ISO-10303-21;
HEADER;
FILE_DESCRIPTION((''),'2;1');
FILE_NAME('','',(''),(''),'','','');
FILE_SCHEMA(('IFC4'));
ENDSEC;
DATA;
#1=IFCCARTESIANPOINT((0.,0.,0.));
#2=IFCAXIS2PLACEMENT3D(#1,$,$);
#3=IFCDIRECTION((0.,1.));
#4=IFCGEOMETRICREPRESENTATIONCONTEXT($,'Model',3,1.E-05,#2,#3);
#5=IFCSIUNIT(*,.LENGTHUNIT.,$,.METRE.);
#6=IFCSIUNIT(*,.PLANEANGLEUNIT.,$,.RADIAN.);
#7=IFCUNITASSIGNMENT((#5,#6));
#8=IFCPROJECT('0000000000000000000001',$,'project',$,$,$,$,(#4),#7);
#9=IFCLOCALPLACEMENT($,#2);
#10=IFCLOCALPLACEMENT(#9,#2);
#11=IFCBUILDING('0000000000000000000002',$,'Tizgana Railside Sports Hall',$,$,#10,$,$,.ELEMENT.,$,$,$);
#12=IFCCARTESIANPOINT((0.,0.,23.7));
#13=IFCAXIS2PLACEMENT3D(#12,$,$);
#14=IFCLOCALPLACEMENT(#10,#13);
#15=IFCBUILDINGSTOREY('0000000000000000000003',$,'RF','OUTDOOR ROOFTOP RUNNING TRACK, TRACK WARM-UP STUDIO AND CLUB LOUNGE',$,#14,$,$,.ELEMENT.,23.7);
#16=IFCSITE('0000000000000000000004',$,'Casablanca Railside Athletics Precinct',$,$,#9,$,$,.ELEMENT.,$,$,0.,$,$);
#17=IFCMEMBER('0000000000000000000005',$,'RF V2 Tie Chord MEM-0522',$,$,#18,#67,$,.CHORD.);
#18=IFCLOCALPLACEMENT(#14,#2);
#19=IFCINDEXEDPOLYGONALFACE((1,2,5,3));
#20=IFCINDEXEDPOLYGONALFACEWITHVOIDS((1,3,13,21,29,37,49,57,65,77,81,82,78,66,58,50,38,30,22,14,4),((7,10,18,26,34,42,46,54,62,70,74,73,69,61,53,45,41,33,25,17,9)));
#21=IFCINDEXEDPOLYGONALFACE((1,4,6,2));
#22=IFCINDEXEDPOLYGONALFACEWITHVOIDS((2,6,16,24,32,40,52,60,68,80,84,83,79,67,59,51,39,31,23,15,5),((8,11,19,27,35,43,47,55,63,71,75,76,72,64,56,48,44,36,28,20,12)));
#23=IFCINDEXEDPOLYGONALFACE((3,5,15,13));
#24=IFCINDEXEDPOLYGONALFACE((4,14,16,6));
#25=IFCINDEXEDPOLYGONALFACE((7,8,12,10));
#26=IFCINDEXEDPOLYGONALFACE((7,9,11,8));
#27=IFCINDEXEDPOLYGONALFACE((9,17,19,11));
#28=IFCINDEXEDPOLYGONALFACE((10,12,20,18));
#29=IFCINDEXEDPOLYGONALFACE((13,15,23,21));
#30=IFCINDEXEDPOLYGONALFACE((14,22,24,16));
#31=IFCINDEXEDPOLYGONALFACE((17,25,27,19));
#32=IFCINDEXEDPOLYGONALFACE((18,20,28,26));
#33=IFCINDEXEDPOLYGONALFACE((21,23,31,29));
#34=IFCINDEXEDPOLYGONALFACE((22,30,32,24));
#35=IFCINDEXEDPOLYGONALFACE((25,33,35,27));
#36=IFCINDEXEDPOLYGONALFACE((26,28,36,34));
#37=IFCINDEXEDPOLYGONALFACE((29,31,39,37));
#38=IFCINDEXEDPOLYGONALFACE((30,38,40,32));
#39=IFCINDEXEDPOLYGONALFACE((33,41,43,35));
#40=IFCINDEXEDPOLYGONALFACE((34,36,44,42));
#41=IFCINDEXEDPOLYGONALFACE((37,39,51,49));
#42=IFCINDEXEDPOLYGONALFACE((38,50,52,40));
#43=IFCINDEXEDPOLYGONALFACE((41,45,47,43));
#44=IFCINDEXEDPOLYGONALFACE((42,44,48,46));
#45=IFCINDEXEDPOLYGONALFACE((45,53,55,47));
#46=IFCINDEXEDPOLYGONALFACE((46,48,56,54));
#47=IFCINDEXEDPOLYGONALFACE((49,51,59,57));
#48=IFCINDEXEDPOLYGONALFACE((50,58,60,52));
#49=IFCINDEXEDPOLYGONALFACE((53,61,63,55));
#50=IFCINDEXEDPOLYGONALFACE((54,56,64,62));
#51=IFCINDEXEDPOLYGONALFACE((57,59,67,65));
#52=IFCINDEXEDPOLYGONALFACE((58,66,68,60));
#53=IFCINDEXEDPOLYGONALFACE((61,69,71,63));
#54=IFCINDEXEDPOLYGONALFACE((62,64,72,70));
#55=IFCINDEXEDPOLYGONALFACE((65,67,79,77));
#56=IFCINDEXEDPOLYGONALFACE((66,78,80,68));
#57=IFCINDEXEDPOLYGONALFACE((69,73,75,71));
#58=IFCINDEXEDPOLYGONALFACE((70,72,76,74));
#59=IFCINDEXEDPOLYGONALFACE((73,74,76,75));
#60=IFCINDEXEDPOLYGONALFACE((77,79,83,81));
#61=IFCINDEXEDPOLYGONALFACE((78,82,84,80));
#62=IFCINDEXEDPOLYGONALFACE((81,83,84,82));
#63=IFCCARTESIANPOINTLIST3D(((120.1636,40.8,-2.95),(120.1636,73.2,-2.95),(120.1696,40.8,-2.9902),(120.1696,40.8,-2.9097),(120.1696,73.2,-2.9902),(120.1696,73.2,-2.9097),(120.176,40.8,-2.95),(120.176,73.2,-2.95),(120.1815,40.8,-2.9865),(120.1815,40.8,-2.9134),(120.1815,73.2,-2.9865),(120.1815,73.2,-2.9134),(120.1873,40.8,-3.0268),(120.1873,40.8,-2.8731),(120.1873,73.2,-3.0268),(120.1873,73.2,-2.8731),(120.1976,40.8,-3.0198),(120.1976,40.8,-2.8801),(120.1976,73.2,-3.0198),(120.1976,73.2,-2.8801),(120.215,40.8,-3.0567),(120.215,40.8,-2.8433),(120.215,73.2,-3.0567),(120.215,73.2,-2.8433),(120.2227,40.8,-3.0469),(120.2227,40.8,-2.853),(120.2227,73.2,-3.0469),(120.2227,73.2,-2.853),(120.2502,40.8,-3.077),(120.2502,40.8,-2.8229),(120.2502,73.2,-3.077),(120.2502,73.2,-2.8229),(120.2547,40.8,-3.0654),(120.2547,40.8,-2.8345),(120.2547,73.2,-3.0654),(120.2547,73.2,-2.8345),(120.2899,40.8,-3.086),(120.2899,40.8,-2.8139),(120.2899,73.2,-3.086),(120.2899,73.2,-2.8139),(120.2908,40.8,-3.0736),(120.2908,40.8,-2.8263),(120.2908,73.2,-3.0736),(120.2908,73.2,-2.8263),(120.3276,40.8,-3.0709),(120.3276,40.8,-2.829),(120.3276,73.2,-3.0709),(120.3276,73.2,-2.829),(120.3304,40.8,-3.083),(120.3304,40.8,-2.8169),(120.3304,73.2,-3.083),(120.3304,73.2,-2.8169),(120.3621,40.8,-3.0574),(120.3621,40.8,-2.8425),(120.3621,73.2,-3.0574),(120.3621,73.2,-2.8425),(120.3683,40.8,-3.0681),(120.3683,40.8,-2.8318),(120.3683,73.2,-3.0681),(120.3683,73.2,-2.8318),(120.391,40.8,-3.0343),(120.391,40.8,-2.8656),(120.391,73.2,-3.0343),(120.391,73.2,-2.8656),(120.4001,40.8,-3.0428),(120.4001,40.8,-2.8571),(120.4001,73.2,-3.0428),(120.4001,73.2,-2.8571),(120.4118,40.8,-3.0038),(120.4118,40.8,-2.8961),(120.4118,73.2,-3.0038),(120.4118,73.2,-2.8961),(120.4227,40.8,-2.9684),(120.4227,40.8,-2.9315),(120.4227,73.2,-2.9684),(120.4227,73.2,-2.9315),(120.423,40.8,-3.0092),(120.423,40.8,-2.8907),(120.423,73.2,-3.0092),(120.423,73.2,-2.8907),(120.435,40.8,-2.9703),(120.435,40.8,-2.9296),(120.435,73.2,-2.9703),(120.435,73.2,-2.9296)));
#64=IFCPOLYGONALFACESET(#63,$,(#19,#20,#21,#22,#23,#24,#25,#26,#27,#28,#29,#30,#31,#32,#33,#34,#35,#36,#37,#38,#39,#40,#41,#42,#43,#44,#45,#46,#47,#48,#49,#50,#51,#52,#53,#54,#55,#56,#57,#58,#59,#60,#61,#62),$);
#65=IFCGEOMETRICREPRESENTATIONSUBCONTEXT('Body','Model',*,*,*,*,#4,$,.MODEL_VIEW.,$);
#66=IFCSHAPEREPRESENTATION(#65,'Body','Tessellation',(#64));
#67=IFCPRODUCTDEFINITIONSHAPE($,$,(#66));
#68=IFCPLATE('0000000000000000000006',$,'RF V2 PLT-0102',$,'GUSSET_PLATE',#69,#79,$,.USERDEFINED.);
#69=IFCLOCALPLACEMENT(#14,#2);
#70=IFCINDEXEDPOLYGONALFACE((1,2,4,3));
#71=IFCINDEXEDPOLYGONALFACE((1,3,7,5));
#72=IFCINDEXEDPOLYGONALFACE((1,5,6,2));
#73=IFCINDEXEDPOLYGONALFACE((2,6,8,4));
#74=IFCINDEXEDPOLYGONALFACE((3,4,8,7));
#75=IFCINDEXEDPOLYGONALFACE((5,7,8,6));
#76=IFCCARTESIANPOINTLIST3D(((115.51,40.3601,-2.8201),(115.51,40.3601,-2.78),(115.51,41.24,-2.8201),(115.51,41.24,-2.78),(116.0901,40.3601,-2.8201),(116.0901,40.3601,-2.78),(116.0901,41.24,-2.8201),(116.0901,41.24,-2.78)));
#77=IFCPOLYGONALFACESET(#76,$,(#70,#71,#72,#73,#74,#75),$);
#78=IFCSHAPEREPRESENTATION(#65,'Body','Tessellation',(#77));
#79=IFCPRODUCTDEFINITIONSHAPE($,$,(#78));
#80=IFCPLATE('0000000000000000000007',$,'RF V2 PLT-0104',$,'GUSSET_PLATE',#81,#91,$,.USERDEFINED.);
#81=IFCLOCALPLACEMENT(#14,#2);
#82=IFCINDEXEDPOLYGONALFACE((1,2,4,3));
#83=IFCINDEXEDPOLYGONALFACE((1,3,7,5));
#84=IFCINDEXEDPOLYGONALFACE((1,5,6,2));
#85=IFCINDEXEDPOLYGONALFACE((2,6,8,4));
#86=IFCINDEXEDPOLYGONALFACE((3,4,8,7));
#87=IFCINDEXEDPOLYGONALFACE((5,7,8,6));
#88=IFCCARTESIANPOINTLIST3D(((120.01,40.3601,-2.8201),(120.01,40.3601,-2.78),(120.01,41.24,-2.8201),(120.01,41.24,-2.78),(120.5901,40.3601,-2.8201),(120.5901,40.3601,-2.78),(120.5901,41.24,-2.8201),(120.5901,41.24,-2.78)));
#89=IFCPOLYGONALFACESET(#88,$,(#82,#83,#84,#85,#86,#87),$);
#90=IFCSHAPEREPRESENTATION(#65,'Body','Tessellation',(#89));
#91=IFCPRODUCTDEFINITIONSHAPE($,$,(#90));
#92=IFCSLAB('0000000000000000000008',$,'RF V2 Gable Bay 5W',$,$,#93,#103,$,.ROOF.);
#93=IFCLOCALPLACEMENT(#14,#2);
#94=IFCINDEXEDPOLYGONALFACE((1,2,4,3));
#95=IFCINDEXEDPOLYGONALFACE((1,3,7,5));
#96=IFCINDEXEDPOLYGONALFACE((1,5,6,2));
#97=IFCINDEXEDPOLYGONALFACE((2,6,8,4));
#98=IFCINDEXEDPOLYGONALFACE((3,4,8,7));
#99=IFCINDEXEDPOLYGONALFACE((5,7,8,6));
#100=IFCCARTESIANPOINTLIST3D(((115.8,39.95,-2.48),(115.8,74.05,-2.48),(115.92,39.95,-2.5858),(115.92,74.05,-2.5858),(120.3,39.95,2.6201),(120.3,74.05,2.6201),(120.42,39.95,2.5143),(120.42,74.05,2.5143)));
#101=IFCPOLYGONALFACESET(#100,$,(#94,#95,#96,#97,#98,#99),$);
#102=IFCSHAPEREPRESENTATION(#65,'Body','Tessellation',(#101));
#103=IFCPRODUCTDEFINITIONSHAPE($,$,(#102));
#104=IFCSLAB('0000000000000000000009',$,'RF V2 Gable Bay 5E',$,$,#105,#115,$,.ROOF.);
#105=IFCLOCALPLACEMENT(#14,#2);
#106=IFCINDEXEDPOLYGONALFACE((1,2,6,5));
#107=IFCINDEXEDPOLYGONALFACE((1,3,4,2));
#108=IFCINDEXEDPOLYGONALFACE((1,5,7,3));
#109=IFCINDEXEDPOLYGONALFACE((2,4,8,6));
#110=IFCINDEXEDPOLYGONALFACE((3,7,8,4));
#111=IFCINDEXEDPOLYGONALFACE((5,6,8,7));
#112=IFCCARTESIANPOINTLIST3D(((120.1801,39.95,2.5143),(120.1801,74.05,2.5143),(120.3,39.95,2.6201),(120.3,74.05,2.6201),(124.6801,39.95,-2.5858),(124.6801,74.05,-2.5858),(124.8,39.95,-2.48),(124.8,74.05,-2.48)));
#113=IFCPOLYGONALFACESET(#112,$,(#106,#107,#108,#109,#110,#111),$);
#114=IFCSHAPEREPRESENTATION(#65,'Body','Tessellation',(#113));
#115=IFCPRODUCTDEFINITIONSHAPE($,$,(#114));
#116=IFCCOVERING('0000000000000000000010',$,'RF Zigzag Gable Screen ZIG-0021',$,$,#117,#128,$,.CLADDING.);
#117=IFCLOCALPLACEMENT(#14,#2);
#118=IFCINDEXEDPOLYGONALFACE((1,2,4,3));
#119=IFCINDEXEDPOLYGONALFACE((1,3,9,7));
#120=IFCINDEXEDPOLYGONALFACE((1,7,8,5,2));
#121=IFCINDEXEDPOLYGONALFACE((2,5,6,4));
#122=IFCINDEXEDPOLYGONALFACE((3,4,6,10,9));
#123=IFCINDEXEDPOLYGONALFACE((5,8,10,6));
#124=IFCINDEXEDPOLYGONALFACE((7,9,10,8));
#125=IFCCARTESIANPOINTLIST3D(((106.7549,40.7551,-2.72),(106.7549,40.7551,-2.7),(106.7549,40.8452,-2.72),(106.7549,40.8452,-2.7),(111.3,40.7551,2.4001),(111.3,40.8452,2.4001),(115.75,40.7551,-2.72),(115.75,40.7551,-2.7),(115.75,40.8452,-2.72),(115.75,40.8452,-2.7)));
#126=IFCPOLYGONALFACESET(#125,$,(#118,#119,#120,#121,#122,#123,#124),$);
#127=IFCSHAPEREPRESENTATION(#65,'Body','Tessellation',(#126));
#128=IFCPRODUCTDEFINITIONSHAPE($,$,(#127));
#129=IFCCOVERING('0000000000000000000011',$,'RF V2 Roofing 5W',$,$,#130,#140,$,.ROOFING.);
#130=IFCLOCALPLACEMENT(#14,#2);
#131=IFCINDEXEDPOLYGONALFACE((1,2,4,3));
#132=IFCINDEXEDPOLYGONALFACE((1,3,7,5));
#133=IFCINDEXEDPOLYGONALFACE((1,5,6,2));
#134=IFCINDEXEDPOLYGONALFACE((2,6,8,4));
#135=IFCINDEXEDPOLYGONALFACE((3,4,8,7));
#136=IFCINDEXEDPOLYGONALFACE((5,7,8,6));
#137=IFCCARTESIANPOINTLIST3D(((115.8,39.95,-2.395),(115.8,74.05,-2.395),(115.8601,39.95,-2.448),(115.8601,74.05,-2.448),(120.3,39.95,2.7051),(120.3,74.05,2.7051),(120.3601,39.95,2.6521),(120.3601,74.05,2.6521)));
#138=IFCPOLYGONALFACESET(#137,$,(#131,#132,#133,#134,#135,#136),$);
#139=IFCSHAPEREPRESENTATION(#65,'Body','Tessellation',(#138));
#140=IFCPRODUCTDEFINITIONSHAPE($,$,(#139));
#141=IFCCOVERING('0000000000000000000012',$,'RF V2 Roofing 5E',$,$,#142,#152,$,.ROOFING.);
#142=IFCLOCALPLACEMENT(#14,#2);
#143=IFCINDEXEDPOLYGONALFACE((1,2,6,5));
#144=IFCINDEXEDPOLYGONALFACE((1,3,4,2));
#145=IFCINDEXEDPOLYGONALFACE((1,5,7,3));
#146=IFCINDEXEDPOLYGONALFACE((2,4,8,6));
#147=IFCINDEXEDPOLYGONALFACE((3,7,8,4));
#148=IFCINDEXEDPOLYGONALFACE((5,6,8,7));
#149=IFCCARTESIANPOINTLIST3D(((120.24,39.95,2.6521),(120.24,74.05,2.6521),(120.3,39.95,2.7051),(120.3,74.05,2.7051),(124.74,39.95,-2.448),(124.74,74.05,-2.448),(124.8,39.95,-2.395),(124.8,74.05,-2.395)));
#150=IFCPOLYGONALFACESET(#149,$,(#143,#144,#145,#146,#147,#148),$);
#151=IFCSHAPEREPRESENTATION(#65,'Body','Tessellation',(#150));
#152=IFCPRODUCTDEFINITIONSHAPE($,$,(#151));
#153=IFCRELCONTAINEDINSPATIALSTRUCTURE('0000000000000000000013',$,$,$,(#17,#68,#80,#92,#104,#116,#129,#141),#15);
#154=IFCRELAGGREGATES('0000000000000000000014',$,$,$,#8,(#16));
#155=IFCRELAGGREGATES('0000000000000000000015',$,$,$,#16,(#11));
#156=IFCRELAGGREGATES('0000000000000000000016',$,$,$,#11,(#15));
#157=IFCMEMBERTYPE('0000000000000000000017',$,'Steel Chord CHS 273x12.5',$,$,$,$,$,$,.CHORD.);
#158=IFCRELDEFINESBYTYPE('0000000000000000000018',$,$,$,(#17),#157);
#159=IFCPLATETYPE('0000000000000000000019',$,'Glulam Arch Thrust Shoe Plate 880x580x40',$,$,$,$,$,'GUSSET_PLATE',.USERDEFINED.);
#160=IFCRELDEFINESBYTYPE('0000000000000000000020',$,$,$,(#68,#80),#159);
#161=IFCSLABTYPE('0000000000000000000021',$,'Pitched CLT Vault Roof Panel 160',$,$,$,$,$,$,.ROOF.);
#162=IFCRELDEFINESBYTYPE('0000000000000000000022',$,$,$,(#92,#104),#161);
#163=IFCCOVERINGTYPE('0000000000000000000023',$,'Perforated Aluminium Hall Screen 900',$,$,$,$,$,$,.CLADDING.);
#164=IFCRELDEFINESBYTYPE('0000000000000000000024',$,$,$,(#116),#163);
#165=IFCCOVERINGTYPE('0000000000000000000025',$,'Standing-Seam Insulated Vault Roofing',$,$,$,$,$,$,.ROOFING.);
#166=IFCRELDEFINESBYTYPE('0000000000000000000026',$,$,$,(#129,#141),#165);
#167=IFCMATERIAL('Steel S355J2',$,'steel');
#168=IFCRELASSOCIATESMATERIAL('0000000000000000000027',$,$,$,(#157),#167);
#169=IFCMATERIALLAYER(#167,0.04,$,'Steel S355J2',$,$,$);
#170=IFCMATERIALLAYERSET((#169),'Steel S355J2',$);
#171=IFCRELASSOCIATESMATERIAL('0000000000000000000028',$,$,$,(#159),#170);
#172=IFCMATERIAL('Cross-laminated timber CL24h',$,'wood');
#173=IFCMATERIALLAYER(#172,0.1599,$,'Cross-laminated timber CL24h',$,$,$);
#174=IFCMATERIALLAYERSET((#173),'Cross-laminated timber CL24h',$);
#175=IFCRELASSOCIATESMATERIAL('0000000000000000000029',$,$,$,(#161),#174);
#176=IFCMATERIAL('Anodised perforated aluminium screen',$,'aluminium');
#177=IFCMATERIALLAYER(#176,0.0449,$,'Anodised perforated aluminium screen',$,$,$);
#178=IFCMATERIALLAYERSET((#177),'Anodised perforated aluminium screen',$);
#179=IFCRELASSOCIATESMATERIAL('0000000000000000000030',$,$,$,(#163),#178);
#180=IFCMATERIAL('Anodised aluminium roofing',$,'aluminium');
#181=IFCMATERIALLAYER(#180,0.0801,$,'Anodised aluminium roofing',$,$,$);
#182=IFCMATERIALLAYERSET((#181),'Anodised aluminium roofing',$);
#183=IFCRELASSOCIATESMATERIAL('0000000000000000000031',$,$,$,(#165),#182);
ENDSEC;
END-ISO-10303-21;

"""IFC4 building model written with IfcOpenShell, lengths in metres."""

from ifc_helpers import new_model, si_unit, direction, frame, origin, origin_2d, place, context, subcontext, project, spatial, polyline, rectangle, hollow_circle, outline, extrude, material, layer, layer_set, material_profile, profile_set, type_object, element, save


model = new_model("IFC4")

# Units and contexts
model_context = context("Model", 3, precision=1e-05, world=origin(), true_north=direction((0.0, 1.0)))
body_context = subcontext(model_context, "Body", "Model", "MODEL_VIEW")
ifc_project = project(units=[si_unit("LENGTHUNIT", "METRE"), si_unit("PLANEANGLEUNIT", "RADIAN")], contexts=[model_context])

# Site, building, storey
site_placement = place(None, origin())
site = spatial("IfcSite", under=ifc_project, at=site_placement, Name="Casablanca Railside Athletics Precinct", CompositionType="ELEMENT", RefElevation=0.0)
building_placement = place(site_placement, origin())
building = spatial("IfcBuilding", under=site, at=building_placement, Name="Tizgana Railside Sports Hall", CompositionType="ELEMENT")
storey_placement = place(building_placement, frame((0.0, 0.0, 23.7)))
storey = spatial("IfcBuildingStorey", under=building, at=storey_placement, Name="RF", Description="OUTDOOR ROOFTOP RUNNING TRACK, TRACK WARM-UP STUDIO AND CLUB LOUNGE", CompositionType="ELEMENT", Elevation=23.7)

# Member
ifc_material_1 = material(Name="Steel S355J2", Category="steel")
ifc_material_profile_1 = material_profile(ifc_material_1, hollow_circle(Radius=0.1365, WallThickness=0.0125, at=origin_2d()), Name="CHS 273x12.5")
ifc_profile_set_1 = profile_set([ifc_material_profile_1], Name="Steel S355J2")
member_type_1 = type_object("IfcMemberType", Name="Steel Chord CHS 273x12.5", PredefinedType="CHORD", material=ifc_profile_set_1)
for number, where, z_axis, x_axis, name in (
    (1, (120.3, 40.8, -2.95), (0.0, 1.0, 0.0), (-1.0, 0.0, 0.0), "RF V2 Tie Chord MEM-0522"),
):
    element("IfcMember", number, at=place(storey_placement, frame(where, z_axis=z_axis, x_axis=x_axis)), inside=storey, type_object=member_type_1, Name=name, PredefinedType="CHORD", context=body_context, shape_type="SweptSolid", body=[
        extrude(hollow_circle(Radius=0.1365, WallThickness=0.0125, at=origin_2d()), origin(), (0.0, 0.0, 1.0), 32.3999),
    ])

# Plates
ifc_layer_1 = layer(ifc_material_1, 0.04, Name="Steel S355J2")
ifc_layer_set_1 = layer_set([ifc_layer_1], Name="Steel S355J2")
plate_type = type_object("IfcPlateType", Name="Glulam Arch Thrust Shoe Plate 880x580x40", ElementType="GUSSET_PLATE", PredefinedType="USERDEFINED", material=ifc_layer_set_1)
for number, where, z_axis, x_axis, name in (
    (2, (115.8, 40.8, -2.8201), (0.0, 0.0, 1.0), (1.0, 0.0, 0.0), "RF V2 PLT-0102"),
    (3, (120.3, 40.8, -2.8201), (0.0, 0.0, 1.0), (1.0, 0.0, 0.0), "RF V2 PLT-0104"),
):
    element("IfcPlate", number, at=place(storey_placement, frame(where, z_axis=z_axis, x_axis=x_axis)), inside=storey, type_object=plate_type, Name=name, ObjectType="GUSSET_PLATE", PredefinedType="USERDEFINED", context=body_context, shape_type="SweptSolid", body=[
        extrude(rectangle(XDim=0.5801, YDim=0.8799, at=origin_2d()), origin(), (0.0, 0.0, 1.0), 0.04),
    ])

# Slabs
ifc_material_2 = material(Name="Cross-laminated timber CL24h", Category="wood")
ifc_layer_2 = layer(ifc_material_2, 0.1599, Name="Cross-laminated timber CL24h")
ifc_layer_set_2 = layer_set([ifc_layer_2], Name="Cross-laminated timber CL24h")
slab_type = type_object("IfcSlabType", Name="Pitched CLT Vault Roof Panel 160", PredefinedType="ROOF", material=ifc_layer_set_2)
for number, where, z_axis, x_axis, name in (
    (4, (115.8, 39.95, -2.48), (-0.749844, 0.0, 0.661615), (0.661615, 0.0, 0.749844), "RF V2 Gable Bay 5W"),
    (5, (120.3, 39.95, 2.6201), (0.749844, 0.0, 0.661615), (0.661615, 0.0, -0.749844), "RF V2 Gable Bay 5E"),
):
    element("IfcSlab", number, at=place(storey_placement, frame(where, z_axis=z_axis, x_axis=x_axis)), inside=storey, type_object=slab_type, Name=name, PredefinedType="ROOF", context=body_context, shape_type="SweptSolid", body=[
        extrude(outline(polyline([(0.0, 0.0), (6.8015, 0.0), (6.8015, 34.1001), (0.0, 34.1001), (0.0, 0.0)])), origin(), (0.0, 0.0, -1.0), 0.1599),
    ])

# Coverings
ifc_material_3 = material(Name="Anodised perforated aluminium screen", Category="aluminium")
ifc_layer_3 = layer(ifc_material_3, 0.0449, Name="Anodised perforated aluminium screen")
ifc_layer_set_3 = layer_set([ifc_layer_3], Name="Anodised perforated aluminium screen")
covering_type_1 = type_object("IfcCoveringType", Name="Perforated Aluminium Hall Screen 900", PredefinedType="CLADDING", material=ifc_layer_set_3)
covering_placement = place(storey_placement, frame((115.75, 40.8, -2.72), z_axis=(0.0, 0.0, 1.0), x_axis=(-1.0, 0.0, 0.0)))
element("IfcCovering", 6, at=covering_placement, inside=storey, type_object=covering_type_1, Name="RF Zigzag Gable Screen ZIG-0021", PredefinedType="CLADDING", context=body_context, shape_type="SweptSolid", body=[
    extrude(outline(polyline([(0.0, 0.0), (8.9951, 0.0), (8.9951, 0.02), (4.45, 5.1201), (0.0, 0.02), (0.0, 0.0)])), frame((0.0, 0.0449, 0.0), z_axis=(0.0, -1.0, 0.0), x_axis=(1.0, 0.0, 0.0)), (0.0, 0.0, 1.0), 0.0901),
])
ifc_material_4 = material(Name="Anodised aluminium roofing", Category="aluminium")
ifc_layer_4 = layer(ifc_material_4, 0.0801, Name="Anodised aluminium roofing")
ifc_layer_set_4 = layer_set([ifc_layer_4], Name="Anodised aluminium roofing")
covering_type_2 = type_object("IfcCoveringType", Name="Standing-Seam Insulated Vault Roofing", PredefinedType="ROOFING", material=ifc_layer_set_4)
for number, where, z_axis, x_axis, name in (
    (7, (115.8, 39.95, -2.395), (-0.749844, 0.0, 0.661615), (0.661615, 0.0, 0.749844), "RF V2 Roofing 5W"),
    (8, (120.3, 39.95, 2.7051), (0.749844, 0.0, 0.661615), (0.661615, 0.0, -0.749844), "RF V2 Roofing 5E"),
):
    element("IfcCovering", number, at=place(storey_placement, frame(where, z_axis=z_axis, x_axis=x_axis)), inside=storey, type_object=covering_type_2, Name=name, PredefinedType="ROOFING", context=body_context, shape_type="SweptSolid", body=[
        extrude(outline(polyline([(0.0, 0.0), (6.8015, 0.0), (6.8015, 34.1001), (0.0, 34.1001), (0.0, 0.0)])), origin(), (0.0, 0.0, -1.0), 0.0801),
    ])

save(model, "model.ifc")
